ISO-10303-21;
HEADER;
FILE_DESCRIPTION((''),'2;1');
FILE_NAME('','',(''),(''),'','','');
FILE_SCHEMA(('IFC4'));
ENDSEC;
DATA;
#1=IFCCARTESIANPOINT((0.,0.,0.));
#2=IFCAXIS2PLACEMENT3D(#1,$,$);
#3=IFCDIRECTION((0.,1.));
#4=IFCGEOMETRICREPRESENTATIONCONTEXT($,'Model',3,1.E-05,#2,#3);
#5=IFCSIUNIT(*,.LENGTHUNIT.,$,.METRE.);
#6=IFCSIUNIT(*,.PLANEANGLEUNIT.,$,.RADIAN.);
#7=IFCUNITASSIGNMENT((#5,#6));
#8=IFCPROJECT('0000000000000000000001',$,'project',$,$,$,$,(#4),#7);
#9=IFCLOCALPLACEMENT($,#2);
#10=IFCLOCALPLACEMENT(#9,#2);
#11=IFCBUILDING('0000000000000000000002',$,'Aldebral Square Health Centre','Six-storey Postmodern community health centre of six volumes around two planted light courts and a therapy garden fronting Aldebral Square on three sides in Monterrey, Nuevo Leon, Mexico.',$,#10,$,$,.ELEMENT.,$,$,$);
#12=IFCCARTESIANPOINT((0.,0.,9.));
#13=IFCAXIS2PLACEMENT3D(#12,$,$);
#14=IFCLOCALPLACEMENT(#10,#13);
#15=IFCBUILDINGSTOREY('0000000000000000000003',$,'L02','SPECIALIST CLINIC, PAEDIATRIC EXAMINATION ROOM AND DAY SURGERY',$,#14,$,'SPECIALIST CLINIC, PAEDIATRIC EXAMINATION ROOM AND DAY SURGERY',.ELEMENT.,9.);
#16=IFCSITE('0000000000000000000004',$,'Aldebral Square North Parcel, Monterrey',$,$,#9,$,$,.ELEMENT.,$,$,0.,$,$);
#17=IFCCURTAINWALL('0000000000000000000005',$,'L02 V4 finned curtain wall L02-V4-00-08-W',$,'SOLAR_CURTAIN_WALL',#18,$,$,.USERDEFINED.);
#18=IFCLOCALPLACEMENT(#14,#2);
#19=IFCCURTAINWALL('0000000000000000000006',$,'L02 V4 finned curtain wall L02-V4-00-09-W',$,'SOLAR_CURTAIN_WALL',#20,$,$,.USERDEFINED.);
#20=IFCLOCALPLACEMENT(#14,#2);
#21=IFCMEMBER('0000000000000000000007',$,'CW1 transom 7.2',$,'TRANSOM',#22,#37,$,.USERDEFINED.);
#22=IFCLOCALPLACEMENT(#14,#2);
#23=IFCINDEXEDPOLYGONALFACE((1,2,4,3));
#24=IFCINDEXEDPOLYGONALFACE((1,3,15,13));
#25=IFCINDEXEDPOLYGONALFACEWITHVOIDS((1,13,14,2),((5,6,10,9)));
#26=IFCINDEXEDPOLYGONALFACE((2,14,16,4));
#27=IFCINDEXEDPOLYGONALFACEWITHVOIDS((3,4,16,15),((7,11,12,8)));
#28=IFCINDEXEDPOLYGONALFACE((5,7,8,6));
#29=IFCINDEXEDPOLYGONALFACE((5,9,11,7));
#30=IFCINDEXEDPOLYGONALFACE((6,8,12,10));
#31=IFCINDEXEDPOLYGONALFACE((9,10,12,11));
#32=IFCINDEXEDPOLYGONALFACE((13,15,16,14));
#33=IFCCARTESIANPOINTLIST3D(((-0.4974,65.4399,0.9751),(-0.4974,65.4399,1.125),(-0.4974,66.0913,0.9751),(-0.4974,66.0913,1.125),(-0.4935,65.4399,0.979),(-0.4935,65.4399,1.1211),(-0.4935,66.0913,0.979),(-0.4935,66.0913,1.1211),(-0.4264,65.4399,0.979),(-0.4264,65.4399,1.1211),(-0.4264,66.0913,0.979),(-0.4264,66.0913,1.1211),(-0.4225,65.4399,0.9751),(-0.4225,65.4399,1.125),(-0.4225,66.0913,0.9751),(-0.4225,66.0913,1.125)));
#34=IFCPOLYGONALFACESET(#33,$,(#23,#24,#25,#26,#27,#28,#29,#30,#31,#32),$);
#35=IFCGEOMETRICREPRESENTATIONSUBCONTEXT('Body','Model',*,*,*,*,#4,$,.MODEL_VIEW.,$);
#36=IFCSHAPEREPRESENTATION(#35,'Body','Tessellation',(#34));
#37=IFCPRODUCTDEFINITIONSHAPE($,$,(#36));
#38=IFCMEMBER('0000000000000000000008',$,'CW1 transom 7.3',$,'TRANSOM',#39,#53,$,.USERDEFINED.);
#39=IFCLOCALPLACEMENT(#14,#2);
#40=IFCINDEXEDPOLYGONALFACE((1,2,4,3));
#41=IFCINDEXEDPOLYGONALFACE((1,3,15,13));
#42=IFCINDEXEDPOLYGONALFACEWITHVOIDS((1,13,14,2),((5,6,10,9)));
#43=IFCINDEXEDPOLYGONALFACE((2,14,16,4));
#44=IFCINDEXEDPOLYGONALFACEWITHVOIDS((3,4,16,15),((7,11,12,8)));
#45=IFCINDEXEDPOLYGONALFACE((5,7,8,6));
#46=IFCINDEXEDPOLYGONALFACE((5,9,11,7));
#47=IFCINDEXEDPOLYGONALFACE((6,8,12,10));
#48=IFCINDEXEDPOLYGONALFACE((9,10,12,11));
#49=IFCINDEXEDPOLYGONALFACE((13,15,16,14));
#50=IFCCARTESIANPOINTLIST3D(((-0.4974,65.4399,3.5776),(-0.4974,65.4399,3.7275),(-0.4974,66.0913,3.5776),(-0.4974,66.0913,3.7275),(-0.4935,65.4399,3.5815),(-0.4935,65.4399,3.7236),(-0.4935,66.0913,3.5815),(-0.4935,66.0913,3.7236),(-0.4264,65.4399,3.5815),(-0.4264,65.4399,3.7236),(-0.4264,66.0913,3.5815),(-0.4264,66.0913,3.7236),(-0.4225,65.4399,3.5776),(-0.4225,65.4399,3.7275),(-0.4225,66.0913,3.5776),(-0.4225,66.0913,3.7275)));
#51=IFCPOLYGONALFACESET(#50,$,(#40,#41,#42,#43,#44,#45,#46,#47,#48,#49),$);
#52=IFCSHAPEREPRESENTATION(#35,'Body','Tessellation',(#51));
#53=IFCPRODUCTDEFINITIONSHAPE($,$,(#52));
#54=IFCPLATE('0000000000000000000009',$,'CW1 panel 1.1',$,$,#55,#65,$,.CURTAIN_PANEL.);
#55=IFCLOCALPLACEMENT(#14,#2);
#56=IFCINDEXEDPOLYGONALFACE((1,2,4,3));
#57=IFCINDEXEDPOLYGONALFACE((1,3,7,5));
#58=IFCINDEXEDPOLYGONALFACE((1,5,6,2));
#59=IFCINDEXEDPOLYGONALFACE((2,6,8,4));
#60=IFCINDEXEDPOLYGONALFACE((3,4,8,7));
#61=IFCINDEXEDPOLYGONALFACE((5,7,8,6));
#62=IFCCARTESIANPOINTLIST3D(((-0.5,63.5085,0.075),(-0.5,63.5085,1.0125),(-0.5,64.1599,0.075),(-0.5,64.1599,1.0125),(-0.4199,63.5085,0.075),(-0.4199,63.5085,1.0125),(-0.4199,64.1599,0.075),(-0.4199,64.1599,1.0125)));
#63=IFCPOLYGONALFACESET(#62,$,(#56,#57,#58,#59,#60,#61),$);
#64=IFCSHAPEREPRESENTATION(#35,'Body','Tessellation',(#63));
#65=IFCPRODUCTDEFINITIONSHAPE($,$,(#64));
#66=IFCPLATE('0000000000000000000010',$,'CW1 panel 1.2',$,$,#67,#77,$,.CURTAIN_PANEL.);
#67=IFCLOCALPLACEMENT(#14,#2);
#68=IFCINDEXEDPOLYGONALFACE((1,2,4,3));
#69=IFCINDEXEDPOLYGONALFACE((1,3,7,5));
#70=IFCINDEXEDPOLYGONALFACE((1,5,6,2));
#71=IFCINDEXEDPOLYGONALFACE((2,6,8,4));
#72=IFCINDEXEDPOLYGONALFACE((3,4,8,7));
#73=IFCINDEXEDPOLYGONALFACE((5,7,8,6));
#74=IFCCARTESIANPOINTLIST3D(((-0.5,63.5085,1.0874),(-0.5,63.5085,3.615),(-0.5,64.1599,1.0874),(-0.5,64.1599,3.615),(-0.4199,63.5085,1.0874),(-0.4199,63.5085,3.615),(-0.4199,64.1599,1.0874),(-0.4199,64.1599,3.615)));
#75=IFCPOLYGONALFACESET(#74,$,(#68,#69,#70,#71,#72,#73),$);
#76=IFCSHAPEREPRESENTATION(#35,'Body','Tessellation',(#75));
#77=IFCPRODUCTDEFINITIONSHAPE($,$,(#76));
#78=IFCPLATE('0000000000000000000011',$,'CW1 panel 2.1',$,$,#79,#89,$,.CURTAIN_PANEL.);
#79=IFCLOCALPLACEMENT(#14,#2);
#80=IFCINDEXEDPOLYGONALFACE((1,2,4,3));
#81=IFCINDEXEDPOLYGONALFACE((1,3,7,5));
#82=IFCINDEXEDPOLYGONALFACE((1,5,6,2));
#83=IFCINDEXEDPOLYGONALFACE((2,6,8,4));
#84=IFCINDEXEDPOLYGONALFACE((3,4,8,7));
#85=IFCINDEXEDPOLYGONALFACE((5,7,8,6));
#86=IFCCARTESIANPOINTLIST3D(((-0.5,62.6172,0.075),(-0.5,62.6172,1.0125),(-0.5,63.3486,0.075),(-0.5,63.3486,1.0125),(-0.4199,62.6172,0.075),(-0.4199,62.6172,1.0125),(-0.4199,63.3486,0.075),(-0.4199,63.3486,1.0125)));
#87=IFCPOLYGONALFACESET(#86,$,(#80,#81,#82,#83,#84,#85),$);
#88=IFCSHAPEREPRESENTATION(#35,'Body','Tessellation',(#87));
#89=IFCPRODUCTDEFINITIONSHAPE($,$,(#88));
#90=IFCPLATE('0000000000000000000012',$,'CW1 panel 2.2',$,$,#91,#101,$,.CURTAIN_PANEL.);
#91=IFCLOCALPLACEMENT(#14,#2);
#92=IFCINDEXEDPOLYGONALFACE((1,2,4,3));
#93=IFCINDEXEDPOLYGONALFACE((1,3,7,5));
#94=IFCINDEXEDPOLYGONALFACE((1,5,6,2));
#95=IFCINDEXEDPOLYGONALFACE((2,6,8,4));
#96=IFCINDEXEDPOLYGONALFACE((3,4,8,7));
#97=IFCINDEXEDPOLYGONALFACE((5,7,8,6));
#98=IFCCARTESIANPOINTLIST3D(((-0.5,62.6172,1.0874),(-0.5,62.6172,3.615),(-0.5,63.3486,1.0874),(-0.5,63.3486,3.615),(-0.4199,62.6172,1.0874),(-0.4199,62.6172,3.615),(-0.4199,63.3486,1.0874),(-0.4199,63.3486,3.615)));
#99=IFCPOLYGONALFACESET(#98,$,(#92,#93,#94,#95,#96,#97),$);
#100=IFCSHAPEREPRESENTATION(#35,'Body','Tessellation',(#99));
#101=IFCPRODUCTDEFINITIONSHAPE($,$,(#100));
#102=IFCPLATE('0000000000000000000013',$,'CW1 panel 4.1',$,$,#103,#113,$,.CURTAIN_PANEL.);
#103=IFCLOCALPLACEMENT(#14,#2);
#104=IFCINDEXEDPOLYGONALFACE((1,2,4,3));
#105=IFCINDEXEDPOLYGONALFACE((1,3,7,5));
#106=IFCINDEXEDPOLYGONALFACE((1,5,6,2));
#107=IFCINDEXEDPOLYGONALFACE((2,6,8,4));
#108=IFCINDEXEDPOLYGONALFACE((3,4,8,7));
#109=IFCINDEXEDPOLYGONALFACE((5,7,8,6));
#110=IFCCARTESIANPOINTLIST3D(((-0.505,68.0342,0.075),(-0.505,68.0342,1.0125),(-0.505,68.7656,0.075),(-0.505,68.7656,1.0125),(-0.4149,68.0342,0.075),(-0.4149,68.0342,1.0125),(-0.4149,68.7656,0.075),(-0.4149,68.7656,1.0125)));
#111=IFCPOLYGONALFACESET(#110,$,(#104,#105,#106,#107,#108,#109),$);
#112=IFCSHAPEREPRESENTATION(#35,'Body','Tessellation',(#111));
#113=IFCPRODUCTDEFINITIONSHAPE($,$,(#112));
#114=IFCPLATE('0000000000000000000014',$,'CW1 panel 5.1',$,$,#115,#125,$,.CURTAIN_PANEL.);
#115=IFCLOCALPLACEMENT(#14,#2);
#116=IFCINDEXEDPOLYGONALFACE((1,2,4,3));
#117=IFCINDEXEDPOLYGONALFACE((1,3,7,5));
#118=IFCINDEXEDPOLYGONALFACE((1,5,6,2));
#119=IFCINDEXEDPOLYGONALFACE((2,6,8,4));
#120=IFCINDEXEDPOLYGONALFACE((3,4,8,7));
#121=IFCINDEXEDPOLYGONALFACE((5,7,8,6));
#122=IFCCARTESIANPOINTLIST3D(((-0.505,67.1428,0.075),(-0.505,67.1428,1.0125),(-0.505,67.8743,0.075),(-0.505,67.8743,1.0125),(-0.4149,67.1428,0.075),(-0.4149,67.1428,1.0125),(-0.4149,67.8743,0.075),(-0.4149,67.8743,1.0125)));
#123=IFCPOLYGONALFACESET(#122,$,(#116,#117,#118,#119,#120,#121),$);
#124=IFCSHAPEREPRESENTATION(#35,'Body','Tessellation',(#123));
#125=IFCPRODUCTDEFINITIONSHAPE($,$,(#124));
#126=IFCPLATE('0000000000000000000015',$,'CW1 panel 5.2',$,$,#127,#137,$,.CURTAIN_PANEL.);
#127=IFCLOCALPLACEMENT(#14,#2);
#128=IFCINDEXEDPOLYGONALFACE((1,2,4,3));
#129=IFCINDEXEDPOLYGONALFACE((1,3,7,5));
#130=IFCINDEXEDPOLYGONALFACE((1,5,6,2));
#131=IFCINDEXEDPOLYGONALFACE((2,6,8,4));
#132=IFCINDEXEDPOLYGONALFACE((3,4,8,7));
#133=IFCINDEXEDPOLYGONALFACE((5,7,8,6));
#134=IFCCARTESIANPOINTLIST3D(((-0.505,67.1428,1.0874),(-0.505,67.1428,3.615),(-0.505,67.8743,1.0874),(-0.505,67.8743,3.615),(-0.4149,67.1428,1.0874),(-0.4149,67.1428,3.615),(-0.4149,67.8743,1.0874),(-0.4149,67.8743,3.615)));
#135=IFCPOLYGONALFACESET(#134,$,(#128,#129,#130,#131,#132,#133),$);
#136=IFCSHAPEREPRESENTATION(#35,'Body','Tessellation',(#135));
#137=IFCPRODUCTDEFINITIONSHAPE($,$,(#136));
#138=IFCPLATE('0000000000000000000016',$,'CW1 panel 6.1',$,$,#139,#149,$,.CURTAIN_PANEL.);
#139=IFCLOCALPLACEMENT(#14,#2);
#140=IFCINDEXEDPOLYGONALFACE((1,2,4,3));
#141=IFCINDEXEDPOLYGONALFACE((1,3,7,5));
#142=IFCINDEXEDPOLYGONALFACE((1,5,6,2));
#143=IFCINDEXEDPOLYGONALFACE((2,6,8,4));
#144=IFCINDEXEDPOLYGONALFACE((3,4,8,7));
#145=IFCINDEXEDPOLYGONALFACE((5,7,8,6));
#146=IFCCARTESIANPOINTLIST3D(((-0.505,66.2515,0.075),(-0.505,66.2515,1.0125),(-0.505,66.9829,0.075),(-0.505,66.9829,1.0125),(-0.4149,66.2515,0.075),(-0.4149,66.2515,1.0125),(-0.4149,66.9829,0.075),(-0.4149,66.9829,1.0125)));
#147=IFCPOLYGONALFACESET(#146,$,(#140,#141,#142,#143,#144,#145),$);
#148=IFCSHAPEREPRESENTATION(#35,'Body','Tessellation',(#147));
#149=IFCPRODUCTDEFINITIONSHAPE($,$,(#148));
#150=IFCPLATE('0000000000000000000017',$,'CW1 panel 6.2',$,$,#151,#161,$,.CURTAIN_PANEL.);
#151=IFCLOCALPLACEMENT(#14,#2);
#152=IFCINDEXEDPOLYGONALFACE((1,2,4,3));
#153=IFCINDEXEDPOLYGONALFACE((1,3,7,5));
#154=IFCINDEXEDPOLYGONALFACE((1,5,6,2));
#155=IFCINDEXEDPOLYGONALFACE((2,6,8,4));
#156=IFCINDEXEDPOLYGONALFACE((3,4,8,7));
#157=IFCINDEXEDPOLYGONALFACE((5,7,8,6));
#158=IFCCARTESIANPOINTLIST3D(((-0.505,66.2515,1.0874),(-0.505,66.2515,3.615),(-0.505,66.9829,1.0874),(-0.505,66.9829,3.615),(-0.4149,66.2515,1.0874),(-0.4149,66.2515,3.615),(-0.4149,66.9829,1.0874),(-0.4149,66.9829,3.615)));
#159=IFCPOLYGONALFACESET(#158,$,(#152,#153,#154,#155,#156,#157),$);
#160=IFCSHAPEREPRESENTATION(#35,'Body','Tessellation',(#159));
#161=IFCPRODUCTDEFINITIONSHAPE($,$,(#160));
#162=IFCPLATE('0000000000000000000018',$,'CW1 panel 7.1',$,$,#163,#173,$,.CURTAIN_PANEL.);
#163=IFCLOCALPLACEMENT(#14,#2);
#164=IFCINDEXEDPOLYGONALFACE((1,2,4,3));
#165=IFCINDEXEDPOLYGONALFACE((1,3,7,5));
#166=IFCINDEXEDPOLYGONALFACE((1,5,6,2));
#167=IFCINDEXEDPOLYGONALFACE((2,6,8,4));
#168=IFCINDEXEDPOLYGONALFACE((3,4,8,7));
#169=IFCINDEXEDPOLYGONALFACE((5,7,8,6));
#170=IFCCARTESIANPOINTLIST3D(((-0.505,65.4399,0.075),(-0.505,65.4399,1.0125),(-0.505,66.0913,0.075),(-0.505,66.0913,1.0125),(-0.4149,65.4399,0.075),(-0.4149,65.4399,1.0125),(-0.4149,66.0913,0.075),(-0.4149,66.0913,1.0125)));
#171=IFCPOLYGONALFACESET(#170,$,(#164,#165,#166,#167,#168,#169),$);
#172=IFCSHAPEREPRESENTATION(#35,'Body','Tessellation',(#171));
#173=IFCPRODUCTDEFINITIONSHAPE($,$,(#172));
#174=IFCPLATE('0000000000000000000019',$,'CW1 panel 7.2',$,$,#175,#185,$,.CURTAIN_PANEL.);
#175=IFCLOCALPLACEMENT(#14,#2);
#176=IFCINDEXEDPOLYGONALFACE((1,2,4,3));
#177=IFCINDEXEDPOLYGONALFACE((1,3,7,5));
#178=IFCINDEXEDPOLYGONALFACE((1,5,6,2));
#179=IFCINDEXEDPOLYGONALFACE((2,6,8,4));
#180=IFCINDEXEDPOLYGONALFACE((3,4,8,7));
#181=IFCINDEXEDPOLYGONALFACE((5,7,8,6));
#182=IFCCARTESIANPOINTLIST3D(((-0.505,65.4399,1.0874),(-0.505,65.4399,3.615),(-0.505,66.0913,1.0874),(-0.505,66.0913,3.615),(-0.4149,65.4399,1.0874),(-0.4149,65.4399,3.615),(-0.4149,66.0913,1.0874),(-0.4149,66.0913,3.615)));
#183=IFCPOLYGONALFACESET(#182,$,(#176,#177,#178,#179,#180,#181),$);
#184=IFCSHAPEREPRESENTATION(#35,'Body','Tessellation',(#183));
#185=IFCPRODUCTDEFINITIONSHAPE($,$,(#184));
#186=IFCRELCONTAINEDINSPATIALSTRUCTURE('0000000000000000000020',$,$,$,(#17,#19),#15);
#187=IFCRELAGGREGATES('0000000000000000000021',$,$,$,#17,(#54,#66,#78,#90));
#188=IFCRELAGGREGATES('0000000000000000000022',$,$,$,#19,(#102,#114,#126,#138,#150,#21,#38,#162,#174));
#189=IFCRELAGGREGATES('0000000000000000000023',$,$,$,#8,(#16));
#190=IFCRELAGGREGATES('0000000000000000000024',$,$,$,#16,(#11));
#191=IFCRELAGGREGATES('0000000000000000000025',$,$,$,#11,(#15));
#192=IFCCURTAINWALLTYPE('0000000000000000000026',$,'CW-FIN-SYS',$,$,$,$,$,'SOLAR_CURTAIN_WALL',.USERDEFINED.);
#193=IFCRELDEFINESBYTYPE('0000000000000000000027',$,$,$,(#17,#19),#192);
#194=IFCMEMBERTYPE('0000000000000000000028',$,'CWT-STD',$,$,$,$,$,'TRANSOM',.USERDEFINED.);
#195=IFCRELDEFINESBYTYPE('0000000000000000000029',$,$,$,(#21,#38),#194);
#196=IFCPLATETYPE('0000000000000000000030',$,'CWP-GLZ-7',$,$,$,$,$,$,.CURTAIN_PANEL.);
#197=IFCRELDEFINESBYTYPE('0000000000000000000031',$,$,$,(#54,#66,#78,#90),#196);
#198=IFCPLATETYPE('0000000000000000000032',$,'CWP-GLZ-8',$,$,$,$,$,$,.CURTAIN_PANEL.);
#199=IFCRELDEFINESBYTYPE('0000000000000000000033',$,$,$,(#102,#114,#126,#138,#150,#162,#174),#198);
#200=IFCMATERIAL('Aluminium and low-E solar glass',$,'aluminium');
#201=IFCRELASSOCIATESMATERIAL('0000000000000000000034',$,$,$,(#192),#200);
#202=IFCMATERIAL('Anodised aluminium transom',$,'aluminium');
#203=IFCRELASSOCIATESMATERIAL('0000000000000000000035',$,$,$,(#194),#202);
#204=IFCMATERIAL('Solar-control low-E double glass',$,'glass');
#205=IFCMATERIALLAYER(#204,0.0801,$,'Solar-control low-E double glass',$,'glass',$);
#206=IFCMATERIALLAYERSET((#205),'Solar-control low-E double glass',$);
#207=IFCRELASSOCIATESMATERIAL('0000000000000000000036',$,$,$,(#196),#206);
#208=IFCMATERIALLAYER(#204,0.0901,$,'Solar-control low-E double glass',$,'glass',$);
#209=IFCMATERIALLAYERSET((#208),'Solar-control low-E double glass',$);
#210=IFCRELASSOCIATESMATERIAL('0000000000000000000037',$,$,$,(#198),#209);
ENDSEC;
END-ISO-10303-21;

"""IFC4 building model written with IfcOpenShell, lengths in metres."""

from ifc_helpers import new_model, si_unit, direction, frame, origin, origin_2d, place, context, subcontext, project, spatial, rectangle, hollow_rectangle, extrude, material, layer, layer_set, material_profile, profile_set, type_object, element, aggregate, save


model = new_model("IFC4")

# Units and contexts
model_context = context("Model", 3, precision=1e-05, world=origin(), true_north=direction((0.0, 1.0)))
body_context = subcontext(model_context, "Body", "Model", "MODEL_VIEW")
ifc_project = project(units=[si_unit("LENGTHUNIT", "METRE"), si_unit("PLANEANGLEUNIT", "RADIAN")], contexts=[model_context])

# Site, building, storey
site_placement = place(None, origin())
site = spatial("IfcSite", under=ifc_project, at=site_placement, Name="Aldebral Square North Parcel, Monterrey", CompositionType="ELEMENT", RefElevation=0.0)
building_placement = place(site_placement, origin())
building = spatial("IfcBuilding", under=site, at=building_placement, Name="Aldebral Square Health Centre", Description="Six-storey Postmodern community health centre of six volumes around two planted light courts and a therapy garden fronting Aldebral Square on three sides in Monterrey, Nuevo Leon, Mexico.", CompositionType="ELEMENT")
storey_placement = place(building_placement, frame((0.0, 0.0, 9.0)))
storey = spatial("IfcBuildingStorey", under=building, at=storey_placement, Name="L02", Description="SPECIALIST CLINIC, PAEDIATRIC EXAMINATION ROOM AND DAY SURGERY", LongName="SPECIALIST CLINIC, PAEDIATRIC EXAMINATION ROOM AND DAY SURGERY", CompositionType="ELEMENT", Elevation=9.0)

# Curtain walls
ifc_material_1 = material(Name="Aluminium and low-E solar glass", Category="aluminium")
curtain_wall_type = type_object("IfcCurtainWallType", Name="CW-FIN-SYS", ElementType="SOLAR_CURTAIN_WALL", PredefinedType="USERDEFINED", material=ifc_material_1)
curtain_wall_1_placement = place(storey_placement, origin())
curtain_wall_1 = element("IfcCurtainWall", 1, at=curtain_wall_1_placement, inside=storey, type_object=curtain_wall_type, Name="L02 V4 finned curtain wall L02-V4-00-08-W", ObjectType="SOLAR_CURTAIN_WALL", PredefinedType="USERDEFINED")
curtain_wall_2_placement = place(storey_placement, origin())
curtain_wall_2 = element("IfcCurtainWall", 2, at=curtain_wall_2_placement, inside=storey, type_object=curtain_wall_type, Name="L02 V4 finned curtain wall L02-V4-00-09-W", ObjectType="SOLAR_CURTAIN_WALL", PredefinedType="USERDEFINED")

# Members
ifc_material_2 = material(Name="Anodised aluminium transom", Category="aluminium")
ifc_material_profile_1 = material_profile(ifc_material_2, hollow_rectangle(XDim=0.075, YDim=0.1499, WallThickness=0.0039, at=origin_2d()), Name="CWT 75x150x4")
ifc_profile_set_1 = profile_set([ifc_material_profile_1], Name="Anodised aluminium transom")
member_type_1 = type_object("IfcMemberType", Name="CWT-STD", ElementType="TRANSOM", PredefinedType="USERDEFINED", material=ifc_profile_set_1)
member_1_placement = place(storey_placement, frame((-0.46, 66.0913, 1.05), z_axis=(0.0, -1.0, 0.0), x_axis=(1.0, 0.0, 0.0)))
member_1 = element("IfcMember", 3, at=member_1_placement, type_object=member_type_1, Name="CW1 transom 7.2", ObjectType="TRANSOM", PredefinedType="USERDEFINED", context=body_context, shape_type="SweptSolid", body=[
    extrude(hollow_rectangle(XDim=0.075, YDim=0.1499, WallThickness=0.0039, at=origin_2d()), origin(), (0.0, 0.0, 1.0), 0.6514),
])
member_2_placement = place(storey_placement, frame((-0.46, 66.0913, 3.6526), z_axis=(0.0, -1.0, 0.0), x_axis=(1.0, 0.0, 0.0)))
member_2 = element("IfcMember", 4, at=member_2_placement, type_object=member_type_1, Name="CW1 transom 7.3", ObjectType="TRANSOM", PredefinedType="USERDEFINED", context=body_context, shape_type="SweptSolid", body=[
    extrude(hollow_rectangle(XDim=0.075, YDim=0.1499, WallThickness=0.0039, at=origin_2d()), origin(), (0.0, 0.0, 1.0), 0.6514),
])

# Plates
ifc_material_3 = material(Name="Solar-control low-E double glass", Category="glass")
ifc_layer_1 = layer(ifc_material_3, 0.0801, Name="Solar-control low-E double glass", Category="glass")
ifc_layer_set_1 = layer_set([ifc_layer_1], Name="Solar-control low-E double glass")
plate_type_1 = type_object("IfcPlateType", Name="CWP-GLZ-7", PredefinedType="CURTAIN_PANEL", material=ifc_layer_set_1)
plate_1_placement = place(storey_placement, frame((-0.46, 63.8342, 0.075), z_axis=(0.0, 0.0, 1.0), x_axis=(0.0, -1.0, 0.0)))
plate_1 = element("IfcPlate", 5, at=plate_1_placement, type_object=plate_type_1, Name="CW1 panel 1.1", PredefinedType="CURTAIN_PANEL", context=body_context, shape_type="SweptSolid", body=[
    extrude(rectangle(XDim=0.6514, YDim=0.0801, at=origin_2d()), origin(), (0.0, 0.0, 1.0), 0.9375),
])
plate_2_placement = place(storey_placement, frame((-0.46, 63.8342, 1.0874), z_axis=(0.0, 0.0, 1.0), x_axis=(0.0, -1.0, 0.0)))
plate_2 = element("IfcPlate", 6, at=plate_2_placement, type_object=plate_type_1, Name="CW1 panel 1.2", PredefinedType="CURTAIN_PANEL", context=body_context, shape_type="SweptSolid", body=[
    extrude(rectangle(XDim=0.6514, YDim=0.0801, at=origin_2d()), origin(), (0.0, 0.0, 1.0), 2.5276),
])
plate_3_placement = place(storey_placement, frame((-0.46, 62.9829, 0.075), z_axis=(0.0, 0.0, 1.0), x_axis=(0.0, -1.0, 0.0)))
plate_3 = element("IfcPlate", 7, at=plate_3_placement, type_object=plate_type_1, Name="CW1 panel 2.1", PredefinedType="CURTAIN_PANEL", context=body_context, shape_type="SweptSolid", body=[
    extrude(rectangle(XDim=0.7314, YDim=0.0801, at=origin_2d()), origin(), (0.0, 0.0, 1.0), 0.9375),
])
plate_4_placement = place(storey_placement, frame((-0.46, 62.9829, 1.0874), z_axis=(0.0, 0.0, 1.0), x_axis=(0.0, -1.0, 0.0)))
plate_4 = element("IfcPlate", 8, at=plate_4_placement, type_object=plate_type_1, Name="CW1 panel 2.2", PredefinedType="CURTAIN_PANEL", context=body_context, shape_type="SweptSolid", body=[
    extrude(rectangle(XDim=0.7314, YDim=0.0801, at=origin_2d()), origin(), (0.0, 0.0, 1.0), 2.5276),
])
aggregate(curtain_wall_1, [plate_1, plate_2, plate_3, plate_4])
ifc_layer_2 = layer(ifc_material_3, 0.0901, Name="Solar-control low-E double glass", Category="glass")
ifc_layer_set_2 = layer_set([ifc_layer_2], Name="Solar-control low-E double glass")
plate_type_2 = type_object("IfcPlateType", Name="CWP-GLZ-8", PredefinedType="CURTAIN_PANEL", material=ifc_layer_set_2)
plate_5_placement = place(storey_placement, frame((-0.46, 68.3999, 0.075), z_axis=(0.0, 0.0, 1.0), x_axis=(0.0, -1.0, 0.0)))
plate_5 = element("IfcPlate", 9, at=plate_5_placement, type_object=plate_type_2, Name="CW1 panel 4.1", PredefinedType="CURTAIN_PANEL", context=body_context, shape_type="SweptSolid", body=[
    extrude(rectangle(XDim=0.7314, YDim=0.0901, at=origin_2d()), origin(), (0.0, 0.0, 1.0), 0.9375),
])
plate_6_placement = place(storey_placement, frame((-0.46, 67.5085, 0.075), z_axis=(0.0, 0.0, 1.0), x_axis=(0.0, -1.0, 0.0)))
plate_6 = element("IfcPlate", 10, at=plate_6_placement, type_object=plate_type_2, Name="CW1 panel 5.1", PredefinedType="CURTAIN_PANEL", context=body_context, shape_type="SweptSolid", body=[
    extrude(rectangle(XDim=0.7314, YDim=0.0901, at=origin_2d()), origin(), (0.0, 0.0, 1.0), 0.9375),
])
plate_7_placement = place(storey_placement, frame((-0.46, 67.5085, 1.0874), z_axis=(0.0, 0.0, 1.0), x_axis=(0.0, -1.0, 0.0)))
plate_7 = element("IfcPlate", 11, at=plate_7_placement, type_object=plate_type_2, Name="CW1 panel 5.2", PredefinedType="CURTAIN_PANEL", context=body_context, shape_type="SweptSolid", body=[
    extrude(rectangle(XDim=0.7314, YDim=0.0901, at=origin_2d()), origin(), (0.0, 0.0, 1.0), 2.5276),
])
plate_8_placement = place(storey_placement, frame((-0.46, 66.6172, 0.075), z_axis=(0.0, 0.0, 1.0), x_axis=(0.0, -1.0, 0.0)))
plate_8 = element("IfcPlate", 12, at=plate_8_placement, type_object=plate_type_2, Name="CW1 panel 6.1", PredefinedType="CURTAIN_PANEL", context=body_context, shape_type="SweptSolid", body=[
    extrude(rectangle(XDim=0.7314, YDim=0.0901, at=origin_2d()), origin(), (0.0, 0.0, 1.0), 0.9375),
])
plate_9_placement = place(storey_placement, frame((-0.46, 66.6172, 1.0874), z_axis=(0.0, 0.0, 1.0), x_axis=(0.0, -1.0, 0.0)))
plate_9 = element("IfcPlate", 13, at=plate_9_placement, type_object=plate_type_2, Name="CW1 panel 6.2", PredefinedType="CURTAIN_PANEL", context=body_context, shape_type="SweptSolid", body=[
    extrude(rectangle(XDim=0.7314, YDim=0.0901, at=origin_2d()), origin(), (0.0, 0.0, 1.0), 2.5276),
])
plate_10_placement = place(storey_placement, frame((-0.46, 65.7656, 0.075), z_axis=(0.0, 0.0, 1.0), x_axis=(0.0, -1.0, 0.0)))
plate_10 = element("IfcPlate", 14, at=plate_10_placement, type_object=plate_type_2, Name="CW1 panel 7.1", PredefinedType="CURTAIN_PANEL", context=body_context, shape_type="SweptSolid", body=[
    extrude(rectangle(XDim=0.6514, YDim=0.0901, at=origin_2d()), origin(), (0.0, 0.0, 1.0), 0.9375),
])
plate_11_placement = place(storey_placement, frame((-0.46, 65.7656, 1.0874), z_axis=(0.0, 0.0, 1.0), x_axis=(0.0, -1.0, 0.0)))
plate_11 = element("IfcPlate", 15, at=plate_11_placement, type_object=plate_type_2, Name="CW1 panel 7.2", PredefinedType="CURTAIN_PANEL", context=body_context, shape_type="SweptSolid", body=[
    extrude(rectangle(XDim=0.6514, YDim=0.0901, at=origin_2d()), origin(), (0.0, 0.0, 1.0), 2.5276),
])
aggregate(curtain_wall_2, [plate_5, plate_6, plate_7, plate_8, plate_9, member_1, member_2, plate_10, plate_11])

save(model, "model.ifc")
